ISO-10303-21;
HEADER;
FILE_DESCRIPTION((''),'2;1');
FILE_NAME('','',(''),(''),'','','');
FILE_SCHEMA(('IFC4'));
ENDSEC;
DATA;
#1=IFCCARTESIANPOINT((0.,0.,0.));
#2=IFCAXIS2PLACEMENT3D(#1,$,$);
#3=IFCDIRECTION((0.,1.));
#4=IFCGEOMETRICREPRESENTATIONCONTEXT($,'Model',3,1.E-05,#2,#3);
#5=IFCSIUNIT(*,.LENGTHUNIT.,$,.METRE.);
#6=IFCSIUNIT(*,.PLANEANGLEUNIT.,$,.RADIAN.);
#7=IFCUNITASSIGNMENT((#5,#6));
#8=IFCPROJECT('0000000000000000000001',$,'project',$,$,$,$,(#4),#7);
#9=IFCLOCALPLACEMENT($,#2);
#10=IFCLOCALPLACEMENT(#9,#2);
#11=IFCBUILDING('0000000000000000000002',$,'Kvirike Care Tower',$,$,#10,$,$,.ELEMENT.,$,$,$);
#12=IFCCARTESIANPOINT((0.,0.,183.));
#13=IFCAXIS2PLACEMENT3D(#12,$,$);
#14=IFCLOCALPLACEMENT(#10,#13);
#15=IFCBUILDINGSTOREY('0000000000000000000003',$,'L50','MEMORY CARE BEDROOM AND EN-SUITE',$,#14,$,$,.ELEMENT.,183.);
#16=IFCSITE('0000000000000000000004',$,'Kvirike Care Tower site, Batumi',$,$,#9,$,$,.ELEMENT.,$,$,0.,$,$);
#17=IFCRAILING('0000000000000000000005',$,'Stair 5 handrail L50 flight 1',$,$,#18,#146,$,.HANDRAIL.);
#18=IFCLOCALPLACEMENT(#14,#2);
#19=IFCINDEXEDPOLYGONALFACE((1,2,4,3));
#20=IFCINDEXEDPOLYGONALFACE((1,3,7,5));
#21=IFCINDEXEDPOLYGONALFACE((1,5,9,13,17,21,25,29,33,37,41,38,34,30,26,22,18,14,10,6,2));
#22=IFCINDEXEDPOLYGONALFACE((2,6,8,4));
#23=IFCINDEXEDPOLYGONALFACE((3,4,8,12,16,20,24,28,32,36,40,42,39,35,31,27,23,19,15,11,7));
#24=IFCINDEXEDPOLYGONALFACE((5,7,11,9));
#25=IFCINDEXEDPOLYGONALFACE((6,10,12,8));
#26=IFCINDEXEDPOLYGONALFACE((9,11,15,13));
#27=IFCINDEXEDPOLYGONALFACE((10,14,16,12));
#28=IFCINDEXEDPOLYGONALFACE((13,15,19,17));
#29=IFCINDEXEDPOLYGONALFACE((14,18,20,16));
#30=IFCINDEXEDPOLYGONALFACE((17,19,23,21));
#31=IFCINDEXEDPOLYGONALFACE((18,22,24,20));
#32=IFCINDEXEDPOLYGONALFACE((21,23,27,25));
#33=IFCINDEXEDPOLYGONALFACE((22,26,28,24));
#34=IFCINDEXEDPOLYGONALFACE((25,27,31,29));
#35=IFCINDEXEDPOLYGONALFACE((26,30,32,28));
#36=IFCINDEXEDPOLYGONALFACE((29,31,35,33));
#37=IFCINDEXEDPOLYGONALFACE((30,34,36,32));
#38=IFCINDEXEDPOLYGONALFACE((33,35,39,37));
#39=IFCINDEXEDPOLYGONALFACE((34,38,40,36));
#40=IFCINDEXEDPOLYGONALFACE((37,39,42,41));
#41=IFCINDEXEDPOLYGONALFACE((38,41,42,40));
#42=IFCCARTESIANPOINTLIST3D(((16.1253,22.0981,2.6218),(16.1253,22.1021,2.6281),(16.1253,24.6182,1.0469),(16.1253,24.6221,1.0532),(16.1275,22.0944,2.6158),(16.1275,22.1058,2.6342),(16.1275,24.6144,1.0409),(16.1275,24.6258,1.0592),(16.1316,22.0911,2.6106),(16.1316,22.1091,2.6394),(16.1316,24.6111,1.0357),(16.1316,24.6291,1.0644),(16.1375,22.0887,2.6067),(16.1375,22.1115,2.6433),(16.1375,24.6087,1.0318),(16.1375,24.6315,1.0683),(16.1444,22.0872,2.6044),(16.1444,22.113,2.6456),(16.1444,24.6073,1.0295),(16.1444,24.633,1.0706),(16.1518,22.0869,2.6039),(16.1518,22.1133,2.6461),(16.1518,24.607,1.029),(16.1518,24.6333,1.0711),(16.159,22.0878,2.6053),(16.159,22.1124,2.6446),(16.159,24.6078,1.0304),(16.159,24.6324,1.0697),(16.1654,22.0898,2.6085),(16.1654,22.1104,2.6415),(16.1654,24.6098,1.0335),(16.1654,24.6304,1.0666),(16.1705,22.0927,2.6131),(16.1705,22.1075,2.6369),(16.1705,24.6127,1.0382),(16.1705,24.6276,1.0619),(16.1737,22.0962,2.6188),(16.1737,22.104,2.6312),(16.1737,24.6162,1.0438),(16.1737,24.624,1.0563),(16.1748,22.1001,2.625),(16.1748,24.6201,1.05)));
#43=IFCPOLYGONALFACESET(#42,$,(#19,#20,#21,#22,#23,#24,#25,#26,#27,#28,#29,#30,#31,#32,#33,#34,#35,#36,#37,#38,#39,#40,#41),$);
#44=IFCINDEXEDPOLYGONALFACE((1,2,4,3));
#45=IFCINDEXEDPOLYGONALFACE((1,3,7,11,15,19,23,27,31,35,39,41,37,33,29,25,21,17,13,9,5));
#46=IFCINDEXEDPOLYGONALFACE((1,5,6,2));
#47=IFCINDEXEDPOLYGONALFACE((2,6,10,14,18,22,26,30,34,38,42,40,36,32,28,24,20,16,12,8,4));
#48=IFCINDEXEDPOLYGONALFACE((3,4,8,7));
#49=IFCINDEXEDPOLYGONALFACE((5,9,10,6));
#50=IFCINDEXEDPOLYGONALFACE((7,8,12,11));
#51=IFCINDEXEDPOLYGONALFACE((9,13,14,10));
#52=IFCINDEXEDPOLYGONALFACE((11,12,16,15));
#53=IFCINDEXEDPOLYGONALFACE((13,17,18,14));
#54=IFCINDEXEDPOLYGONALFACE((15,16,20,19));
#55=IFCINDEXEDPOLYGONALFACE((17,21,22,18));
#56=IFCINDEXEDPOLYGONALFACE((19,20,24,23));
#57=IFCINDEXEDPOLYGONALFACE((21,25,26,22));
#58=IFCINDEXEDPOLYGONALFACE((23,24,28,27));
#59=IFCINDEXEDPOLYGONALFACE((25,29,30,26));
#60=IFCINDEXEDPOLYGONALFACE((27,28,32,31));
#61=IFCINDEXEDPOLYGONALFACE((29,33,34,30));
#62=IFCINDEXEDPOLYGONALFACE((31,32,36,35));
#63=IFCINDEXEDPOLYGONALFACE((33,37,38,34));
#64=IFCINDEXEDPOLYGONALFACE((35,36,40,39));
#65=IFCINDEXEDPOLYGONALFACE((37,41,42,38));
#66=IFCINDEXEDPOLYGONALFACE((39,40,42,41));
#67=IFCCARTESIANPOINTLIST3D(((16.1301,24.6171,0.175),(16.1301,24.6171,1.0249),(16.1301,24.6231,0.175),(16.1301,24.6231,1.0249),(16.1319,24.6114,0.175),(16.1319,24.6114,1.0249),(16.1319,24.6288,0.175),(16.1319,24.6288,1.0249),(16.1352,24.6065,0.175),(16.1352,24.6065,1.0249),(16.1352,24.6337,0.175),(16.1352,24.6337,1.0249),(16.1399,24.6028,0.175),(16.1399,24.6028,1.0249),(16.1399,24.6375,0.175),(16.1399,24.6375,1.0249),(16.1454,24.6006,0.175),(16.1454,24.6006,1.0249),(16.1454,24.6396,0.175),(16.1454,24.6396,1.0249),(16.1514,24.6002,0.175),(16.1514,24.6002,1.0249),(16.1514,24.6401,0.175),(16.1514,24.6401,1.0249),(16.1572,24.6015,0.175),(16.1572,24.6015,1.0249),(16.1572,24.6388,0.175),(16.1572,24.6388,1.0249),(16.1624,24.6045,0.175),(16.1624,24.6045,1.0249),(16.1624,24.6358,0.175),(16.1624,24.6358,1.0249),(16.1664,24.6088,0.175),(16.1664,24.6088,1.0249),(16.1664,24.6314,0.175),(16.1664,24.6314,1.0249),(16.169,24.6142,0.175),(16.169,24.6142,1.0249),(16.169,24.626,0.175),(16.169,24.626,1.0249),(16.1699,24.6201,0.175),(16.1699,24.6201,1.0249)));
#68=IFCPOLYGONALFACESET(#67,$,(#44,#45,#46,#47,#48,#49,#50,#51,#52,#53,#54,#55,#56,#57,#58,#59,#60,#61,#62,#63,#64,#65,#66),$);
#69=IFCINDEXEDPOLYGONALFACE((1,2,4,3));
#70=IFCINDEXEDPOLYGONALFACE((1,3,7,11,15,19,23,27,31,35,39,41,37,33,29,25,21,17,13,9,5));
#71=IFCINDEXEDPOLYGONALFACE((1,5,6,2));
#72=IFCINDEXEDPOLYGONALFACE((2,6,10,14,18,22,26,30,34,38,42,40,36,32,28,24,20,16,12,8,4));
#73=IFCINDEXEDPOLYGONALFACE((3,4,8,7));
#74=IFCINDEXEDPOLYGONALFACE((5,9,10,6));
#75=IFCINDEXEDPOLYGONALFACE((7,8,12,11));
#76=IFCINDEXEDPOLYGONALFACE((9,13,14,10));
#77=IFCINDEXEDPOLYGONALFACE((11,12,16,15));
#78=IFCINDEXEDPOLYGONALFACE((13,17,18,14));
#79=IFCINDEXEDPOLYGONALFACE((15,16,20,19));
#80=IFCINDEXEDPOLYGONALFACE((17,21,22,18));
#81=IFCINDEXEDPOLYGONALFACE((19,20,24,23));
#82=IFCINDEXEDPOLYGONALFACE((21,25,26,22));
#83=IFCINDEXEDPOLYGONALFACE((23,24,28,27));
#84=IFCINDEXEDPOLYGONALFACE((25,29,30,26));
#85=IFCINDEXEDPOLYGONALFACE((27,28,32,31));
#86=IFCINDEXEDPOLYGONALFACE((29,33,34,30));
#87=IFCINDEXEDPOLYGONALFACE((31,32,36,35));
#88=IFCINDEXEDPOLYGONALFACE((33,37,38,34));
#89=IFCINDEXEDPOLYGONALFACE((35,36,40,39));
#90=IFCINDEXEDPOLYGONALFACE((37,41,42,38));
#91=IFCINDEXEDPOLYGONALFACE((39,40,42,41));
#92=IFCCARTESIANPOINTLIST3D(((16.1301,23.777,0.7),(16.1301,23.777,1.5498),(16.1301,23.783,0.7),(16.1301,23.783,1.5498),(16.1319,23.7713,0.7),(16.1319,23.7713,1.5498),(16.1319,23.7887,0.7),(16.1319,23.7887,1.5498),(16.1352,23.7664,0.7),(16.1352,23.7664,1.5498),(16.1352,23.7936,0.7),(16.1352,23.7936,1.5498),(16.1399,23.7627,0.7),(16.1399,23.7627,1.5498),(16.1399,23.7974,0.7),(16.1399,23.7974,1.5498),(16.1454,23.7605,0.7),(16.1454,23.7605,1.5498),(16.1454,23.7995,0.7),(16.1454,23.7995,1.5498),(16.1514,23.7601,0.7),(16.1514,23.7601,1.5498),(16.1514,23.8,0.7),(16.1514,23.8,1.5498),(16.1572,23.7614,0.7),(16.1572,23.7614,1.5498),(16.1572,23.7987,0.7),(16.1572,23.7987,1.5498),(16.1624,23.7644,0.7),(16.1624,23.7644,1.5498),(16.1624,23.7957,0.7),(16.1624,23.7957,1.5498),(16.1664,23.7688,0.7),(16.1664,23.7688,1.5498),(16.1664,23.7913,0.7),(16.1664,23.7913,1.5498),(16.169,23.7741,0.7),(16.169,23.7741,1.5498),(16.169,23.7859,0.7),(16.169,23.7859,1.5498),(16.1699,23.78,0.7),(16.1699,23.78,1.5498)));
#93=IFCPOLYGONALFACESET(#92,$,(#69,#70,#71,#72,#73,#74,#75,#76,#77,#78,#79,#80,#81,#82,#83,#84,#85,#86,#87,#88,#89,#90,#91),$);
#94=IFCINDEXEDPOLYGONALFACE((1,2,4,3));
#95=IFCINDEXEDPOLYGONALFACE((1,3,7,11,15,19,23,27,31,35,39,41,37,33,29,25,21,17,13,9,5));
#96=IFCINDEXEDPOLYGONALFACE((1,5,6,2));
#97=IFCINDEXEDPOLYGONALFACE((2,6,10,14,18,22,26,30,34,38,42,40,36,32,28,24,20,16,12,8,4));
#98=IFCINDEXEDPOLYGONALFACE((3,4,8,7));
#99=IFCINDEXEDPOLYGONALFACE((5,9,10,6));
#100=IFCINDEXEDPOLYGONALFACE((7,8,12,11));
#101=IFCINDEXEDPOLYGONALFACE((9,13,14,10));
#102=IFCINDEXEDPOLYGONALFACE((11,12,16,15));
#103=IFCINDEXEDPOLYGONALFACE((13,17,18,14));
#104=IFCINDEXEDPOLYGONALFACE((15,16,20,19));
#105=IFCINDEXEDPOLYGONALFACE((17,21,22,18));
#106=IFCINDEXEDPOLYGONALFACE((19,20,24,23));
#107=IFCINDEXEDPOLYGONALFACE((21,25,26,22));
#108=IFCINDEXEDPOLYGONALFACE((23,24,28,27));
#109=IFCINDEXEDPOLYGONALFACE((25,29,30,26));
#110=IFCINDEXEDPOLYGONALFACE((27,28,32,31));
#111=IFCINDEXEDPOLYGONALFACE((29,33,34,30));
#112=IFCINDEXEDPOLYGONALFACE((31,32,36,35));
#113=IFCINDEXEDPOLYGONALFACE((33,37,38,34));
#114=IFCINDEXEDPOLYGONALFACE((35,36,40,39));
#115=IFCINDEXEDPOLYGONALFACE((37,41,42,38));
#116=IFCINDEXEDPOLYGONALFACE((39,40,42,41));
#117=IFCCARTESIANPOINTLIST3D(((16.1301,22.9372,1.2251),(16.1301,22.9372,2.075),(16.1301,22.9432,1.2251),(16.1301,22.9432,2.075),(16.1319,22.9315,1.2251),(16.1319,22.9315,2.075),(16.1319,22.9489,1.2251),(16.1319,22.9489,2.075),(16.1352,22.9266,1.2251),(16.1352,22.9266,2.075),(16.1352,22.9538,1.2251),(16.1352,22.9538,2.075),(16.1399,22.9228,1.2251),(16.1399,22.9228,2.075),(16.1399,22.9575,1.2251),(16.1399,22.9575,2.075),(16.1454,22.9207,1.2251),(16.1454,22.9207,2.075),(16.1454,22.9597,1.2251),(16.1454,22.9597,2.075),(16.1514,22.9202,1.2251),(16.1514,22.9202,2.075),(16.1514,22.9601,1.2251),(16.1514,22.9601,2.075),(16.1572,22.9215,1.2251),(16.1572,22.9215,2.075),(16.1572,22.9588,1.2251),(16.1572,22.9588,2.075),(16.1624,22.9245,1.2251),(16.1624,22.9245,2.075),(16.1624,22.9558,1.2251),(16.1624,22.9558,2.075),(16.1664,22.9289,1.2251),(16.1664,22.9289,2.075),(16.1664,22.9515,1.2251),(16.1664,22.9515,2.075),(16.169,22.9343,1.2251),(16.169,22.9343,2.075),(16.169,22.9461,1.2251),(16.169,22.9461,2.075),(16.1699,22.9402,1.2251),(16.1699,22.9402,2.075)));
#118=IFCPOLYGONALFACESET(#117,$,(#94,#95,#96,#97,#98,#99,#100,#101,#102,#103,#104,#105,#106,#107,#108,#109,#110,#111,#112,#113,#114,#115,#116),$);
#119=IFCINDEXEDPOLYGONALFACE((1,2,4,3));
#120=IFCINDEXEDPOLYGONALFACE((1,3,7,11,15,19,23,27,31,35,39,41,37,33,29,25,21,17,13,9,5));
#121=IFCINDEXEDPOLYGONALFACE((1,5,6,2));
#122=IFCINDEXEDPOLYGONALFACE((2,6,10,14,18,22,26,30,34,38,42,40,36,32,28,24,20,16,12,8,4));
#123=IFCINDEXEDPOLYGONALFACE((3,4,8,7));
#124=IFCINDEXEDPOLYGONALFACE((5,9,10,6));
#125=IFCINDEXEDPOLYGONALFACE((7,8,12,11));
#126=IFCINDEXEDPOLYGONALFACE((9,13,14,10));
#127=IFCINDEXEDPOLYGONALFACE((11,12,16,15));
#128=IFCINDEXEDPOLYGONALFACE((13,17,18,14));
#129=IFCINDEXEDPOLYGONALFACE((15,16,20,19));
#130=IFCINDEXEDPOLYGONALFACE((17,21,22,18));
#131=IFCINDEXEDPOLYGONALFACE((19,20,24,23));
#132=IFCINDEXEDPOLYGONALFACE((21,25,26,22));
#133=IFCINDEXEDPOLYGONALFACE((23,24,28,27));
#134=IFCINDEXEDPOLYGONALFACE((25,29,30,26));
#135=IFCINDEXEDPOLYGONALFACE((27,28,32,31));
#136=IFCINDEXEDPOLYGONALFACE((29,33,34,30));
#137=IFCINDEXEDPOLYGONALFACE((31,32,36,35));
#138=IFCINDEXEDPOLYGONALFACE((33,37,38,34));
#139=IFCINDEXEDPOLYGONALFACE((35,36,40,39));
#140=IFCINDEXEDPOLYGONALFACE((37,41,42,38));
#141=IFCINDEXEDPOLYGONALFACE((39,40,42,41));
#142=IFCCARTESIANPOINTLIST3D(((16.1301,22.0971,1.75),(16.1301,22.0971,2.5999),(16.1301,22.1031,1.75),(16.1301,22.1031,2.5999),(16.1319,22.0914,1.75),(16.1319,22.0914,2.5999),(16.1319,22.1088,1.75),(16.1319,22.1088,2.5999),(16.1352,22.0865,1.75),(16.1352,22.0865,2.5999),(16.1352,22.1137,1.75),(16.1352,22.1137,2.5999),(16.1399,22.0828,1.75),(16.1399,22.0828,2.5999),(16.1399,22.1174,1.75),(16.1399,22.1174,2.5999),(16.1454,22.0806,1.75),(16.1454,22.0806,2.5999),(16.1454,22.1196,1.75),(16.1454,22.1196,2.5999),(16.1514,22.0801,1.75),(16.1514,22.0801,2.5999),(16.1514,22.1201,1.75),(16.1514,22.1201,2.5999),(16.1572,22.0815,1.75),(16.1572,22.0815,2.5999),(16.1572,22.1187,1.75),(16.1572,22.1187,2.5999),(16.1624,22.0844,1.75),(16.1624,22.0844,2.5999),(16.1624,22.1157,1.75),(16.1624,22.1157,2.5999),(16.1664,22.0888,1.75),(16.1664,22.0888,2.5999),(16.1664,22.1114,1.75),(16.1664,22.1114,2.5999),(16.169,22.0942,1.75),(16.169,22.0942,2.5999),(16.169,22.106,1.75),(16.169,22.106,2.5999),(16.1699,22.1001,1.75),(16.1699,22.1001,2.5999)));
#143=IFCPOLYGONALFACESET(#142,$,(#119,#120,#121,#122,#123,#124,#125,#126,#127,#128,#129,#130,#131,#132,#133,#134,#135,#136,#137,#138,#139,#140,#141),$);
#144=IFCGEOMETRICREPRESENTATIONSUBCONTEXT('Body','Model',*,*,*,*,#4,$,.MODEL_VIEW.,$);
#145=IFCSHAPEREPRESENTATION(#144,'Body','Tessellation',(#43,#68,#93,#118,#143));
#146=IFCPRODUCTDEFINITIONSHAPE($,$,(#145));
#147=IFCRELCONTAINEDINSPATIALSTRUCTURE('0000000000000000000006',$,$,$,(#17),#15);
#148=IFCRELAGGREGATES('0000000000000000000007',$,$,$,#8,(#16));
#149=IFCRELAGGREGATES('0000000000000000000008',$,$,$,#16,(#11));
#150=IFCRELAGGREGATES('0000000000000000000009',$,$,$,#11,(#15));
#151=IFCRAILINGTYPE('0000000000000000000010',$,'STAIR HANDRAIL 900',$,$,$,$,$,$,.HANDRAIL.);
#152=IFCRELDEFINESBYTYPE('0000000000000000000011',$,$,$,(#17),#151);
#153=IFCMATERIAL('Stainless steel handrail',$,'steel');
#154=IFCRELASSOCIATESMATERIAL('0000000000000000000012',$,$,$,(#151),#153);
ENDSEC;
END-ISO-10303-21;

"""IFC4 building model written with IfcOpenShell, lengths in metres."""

from ifc_helpers import new_model, si_unit, direction, frame, origin, origin_2d, place, context, subcontext, project, spatial, circle, extrude, material, type_object, element, save


model = new_model("IFC4")

# Units and contexts
model_context = context("Model", 3, precision=1e-05, world=origin(), true_north=direction((0.0, 1.0)))
body_context = subcontext(model_context, "Body", "Model", "MODEL_VIEW")
ifc_project = project(units=[si_unit("LENGTHUNIT", "METRE"), si_unit("PLANEANGLEUNIT", "RADIAN")], contexts=[model_context])

# Site, building, storey
site_placement = place(None, origin())
site = spatial("IfcSite", under=ifc_project, at=site_placement, Name="Kvirike Care Tower site, Batumi", CompositionType="ELEMENT", RefElevation=0.0)
building_placement = place(site_placement, origin())
building = spatial("IfcBuilding", under=site, at=building_placement, Name="Kvirike Care Tower", CompositionType="ELEMENT")
storey_placement = place(building_placement, frame((0.0, 0.0, 183.0)))
storey = spatial("IfcBuildingStorey", under=building, at=storey_placement, Name="L50", Description="MEMORY CARE BEDROOM AND EN-SUITE", CompositionType="ELEMENT", Elevation=183.0)

# Railing
ifc_material_1 = material(Name="Stainless steel handrail", Category="steel")
railing_type = type_object("IfcRailingType", Name="STAIR HANDRAIL 900", PredefinedType="HANDRAIL", material=ifc_material_1)
railing_placement = place(storey_placement, frame((16.1499, 24.6201, 0.175)))
element("IfcRailing", 1, at=railing_placement, inside=storey, type_object=railing_type, Name="Stair 5 handrail L50 flight 1", PredefinedType="HANDRAIL", context=body_context, shape_type="SweptSolid", body=[
    extrude(circle(Radius=0.0249, at=origin_2d()), frame((0.0, 0.0, 0.875), z_axis=(0.0, -0.848008, 0.529984), x_axis=(1.0, 0.0, 0.0)), (0.0, 0.0, 1.0), 2.9717),
    extrude(circle(Radius=0.02, at=origin_2d()), origin(), (0.0, 0.0, 1.0), 0.8499),
    extrude(circle(Radius=0.02, at=origin_2d()), frame((0.0, -0.8401, 0.5249)), (0.0, 0.0, 1.0), 0.8499),
    extrude(circle(Radius=0.02, at=origin_2d()), frame((0.0, -1.6799, 1.05)), (0.0, 0.0, 1.0), 0.8499),
    extrude(circle(Radius=0.02, at=origin_2d()), frame((0.0, -2.52, 1.575)), (0.0, 0.0, 1.0), 0.8499),
])

save(model, "model.ifc")
